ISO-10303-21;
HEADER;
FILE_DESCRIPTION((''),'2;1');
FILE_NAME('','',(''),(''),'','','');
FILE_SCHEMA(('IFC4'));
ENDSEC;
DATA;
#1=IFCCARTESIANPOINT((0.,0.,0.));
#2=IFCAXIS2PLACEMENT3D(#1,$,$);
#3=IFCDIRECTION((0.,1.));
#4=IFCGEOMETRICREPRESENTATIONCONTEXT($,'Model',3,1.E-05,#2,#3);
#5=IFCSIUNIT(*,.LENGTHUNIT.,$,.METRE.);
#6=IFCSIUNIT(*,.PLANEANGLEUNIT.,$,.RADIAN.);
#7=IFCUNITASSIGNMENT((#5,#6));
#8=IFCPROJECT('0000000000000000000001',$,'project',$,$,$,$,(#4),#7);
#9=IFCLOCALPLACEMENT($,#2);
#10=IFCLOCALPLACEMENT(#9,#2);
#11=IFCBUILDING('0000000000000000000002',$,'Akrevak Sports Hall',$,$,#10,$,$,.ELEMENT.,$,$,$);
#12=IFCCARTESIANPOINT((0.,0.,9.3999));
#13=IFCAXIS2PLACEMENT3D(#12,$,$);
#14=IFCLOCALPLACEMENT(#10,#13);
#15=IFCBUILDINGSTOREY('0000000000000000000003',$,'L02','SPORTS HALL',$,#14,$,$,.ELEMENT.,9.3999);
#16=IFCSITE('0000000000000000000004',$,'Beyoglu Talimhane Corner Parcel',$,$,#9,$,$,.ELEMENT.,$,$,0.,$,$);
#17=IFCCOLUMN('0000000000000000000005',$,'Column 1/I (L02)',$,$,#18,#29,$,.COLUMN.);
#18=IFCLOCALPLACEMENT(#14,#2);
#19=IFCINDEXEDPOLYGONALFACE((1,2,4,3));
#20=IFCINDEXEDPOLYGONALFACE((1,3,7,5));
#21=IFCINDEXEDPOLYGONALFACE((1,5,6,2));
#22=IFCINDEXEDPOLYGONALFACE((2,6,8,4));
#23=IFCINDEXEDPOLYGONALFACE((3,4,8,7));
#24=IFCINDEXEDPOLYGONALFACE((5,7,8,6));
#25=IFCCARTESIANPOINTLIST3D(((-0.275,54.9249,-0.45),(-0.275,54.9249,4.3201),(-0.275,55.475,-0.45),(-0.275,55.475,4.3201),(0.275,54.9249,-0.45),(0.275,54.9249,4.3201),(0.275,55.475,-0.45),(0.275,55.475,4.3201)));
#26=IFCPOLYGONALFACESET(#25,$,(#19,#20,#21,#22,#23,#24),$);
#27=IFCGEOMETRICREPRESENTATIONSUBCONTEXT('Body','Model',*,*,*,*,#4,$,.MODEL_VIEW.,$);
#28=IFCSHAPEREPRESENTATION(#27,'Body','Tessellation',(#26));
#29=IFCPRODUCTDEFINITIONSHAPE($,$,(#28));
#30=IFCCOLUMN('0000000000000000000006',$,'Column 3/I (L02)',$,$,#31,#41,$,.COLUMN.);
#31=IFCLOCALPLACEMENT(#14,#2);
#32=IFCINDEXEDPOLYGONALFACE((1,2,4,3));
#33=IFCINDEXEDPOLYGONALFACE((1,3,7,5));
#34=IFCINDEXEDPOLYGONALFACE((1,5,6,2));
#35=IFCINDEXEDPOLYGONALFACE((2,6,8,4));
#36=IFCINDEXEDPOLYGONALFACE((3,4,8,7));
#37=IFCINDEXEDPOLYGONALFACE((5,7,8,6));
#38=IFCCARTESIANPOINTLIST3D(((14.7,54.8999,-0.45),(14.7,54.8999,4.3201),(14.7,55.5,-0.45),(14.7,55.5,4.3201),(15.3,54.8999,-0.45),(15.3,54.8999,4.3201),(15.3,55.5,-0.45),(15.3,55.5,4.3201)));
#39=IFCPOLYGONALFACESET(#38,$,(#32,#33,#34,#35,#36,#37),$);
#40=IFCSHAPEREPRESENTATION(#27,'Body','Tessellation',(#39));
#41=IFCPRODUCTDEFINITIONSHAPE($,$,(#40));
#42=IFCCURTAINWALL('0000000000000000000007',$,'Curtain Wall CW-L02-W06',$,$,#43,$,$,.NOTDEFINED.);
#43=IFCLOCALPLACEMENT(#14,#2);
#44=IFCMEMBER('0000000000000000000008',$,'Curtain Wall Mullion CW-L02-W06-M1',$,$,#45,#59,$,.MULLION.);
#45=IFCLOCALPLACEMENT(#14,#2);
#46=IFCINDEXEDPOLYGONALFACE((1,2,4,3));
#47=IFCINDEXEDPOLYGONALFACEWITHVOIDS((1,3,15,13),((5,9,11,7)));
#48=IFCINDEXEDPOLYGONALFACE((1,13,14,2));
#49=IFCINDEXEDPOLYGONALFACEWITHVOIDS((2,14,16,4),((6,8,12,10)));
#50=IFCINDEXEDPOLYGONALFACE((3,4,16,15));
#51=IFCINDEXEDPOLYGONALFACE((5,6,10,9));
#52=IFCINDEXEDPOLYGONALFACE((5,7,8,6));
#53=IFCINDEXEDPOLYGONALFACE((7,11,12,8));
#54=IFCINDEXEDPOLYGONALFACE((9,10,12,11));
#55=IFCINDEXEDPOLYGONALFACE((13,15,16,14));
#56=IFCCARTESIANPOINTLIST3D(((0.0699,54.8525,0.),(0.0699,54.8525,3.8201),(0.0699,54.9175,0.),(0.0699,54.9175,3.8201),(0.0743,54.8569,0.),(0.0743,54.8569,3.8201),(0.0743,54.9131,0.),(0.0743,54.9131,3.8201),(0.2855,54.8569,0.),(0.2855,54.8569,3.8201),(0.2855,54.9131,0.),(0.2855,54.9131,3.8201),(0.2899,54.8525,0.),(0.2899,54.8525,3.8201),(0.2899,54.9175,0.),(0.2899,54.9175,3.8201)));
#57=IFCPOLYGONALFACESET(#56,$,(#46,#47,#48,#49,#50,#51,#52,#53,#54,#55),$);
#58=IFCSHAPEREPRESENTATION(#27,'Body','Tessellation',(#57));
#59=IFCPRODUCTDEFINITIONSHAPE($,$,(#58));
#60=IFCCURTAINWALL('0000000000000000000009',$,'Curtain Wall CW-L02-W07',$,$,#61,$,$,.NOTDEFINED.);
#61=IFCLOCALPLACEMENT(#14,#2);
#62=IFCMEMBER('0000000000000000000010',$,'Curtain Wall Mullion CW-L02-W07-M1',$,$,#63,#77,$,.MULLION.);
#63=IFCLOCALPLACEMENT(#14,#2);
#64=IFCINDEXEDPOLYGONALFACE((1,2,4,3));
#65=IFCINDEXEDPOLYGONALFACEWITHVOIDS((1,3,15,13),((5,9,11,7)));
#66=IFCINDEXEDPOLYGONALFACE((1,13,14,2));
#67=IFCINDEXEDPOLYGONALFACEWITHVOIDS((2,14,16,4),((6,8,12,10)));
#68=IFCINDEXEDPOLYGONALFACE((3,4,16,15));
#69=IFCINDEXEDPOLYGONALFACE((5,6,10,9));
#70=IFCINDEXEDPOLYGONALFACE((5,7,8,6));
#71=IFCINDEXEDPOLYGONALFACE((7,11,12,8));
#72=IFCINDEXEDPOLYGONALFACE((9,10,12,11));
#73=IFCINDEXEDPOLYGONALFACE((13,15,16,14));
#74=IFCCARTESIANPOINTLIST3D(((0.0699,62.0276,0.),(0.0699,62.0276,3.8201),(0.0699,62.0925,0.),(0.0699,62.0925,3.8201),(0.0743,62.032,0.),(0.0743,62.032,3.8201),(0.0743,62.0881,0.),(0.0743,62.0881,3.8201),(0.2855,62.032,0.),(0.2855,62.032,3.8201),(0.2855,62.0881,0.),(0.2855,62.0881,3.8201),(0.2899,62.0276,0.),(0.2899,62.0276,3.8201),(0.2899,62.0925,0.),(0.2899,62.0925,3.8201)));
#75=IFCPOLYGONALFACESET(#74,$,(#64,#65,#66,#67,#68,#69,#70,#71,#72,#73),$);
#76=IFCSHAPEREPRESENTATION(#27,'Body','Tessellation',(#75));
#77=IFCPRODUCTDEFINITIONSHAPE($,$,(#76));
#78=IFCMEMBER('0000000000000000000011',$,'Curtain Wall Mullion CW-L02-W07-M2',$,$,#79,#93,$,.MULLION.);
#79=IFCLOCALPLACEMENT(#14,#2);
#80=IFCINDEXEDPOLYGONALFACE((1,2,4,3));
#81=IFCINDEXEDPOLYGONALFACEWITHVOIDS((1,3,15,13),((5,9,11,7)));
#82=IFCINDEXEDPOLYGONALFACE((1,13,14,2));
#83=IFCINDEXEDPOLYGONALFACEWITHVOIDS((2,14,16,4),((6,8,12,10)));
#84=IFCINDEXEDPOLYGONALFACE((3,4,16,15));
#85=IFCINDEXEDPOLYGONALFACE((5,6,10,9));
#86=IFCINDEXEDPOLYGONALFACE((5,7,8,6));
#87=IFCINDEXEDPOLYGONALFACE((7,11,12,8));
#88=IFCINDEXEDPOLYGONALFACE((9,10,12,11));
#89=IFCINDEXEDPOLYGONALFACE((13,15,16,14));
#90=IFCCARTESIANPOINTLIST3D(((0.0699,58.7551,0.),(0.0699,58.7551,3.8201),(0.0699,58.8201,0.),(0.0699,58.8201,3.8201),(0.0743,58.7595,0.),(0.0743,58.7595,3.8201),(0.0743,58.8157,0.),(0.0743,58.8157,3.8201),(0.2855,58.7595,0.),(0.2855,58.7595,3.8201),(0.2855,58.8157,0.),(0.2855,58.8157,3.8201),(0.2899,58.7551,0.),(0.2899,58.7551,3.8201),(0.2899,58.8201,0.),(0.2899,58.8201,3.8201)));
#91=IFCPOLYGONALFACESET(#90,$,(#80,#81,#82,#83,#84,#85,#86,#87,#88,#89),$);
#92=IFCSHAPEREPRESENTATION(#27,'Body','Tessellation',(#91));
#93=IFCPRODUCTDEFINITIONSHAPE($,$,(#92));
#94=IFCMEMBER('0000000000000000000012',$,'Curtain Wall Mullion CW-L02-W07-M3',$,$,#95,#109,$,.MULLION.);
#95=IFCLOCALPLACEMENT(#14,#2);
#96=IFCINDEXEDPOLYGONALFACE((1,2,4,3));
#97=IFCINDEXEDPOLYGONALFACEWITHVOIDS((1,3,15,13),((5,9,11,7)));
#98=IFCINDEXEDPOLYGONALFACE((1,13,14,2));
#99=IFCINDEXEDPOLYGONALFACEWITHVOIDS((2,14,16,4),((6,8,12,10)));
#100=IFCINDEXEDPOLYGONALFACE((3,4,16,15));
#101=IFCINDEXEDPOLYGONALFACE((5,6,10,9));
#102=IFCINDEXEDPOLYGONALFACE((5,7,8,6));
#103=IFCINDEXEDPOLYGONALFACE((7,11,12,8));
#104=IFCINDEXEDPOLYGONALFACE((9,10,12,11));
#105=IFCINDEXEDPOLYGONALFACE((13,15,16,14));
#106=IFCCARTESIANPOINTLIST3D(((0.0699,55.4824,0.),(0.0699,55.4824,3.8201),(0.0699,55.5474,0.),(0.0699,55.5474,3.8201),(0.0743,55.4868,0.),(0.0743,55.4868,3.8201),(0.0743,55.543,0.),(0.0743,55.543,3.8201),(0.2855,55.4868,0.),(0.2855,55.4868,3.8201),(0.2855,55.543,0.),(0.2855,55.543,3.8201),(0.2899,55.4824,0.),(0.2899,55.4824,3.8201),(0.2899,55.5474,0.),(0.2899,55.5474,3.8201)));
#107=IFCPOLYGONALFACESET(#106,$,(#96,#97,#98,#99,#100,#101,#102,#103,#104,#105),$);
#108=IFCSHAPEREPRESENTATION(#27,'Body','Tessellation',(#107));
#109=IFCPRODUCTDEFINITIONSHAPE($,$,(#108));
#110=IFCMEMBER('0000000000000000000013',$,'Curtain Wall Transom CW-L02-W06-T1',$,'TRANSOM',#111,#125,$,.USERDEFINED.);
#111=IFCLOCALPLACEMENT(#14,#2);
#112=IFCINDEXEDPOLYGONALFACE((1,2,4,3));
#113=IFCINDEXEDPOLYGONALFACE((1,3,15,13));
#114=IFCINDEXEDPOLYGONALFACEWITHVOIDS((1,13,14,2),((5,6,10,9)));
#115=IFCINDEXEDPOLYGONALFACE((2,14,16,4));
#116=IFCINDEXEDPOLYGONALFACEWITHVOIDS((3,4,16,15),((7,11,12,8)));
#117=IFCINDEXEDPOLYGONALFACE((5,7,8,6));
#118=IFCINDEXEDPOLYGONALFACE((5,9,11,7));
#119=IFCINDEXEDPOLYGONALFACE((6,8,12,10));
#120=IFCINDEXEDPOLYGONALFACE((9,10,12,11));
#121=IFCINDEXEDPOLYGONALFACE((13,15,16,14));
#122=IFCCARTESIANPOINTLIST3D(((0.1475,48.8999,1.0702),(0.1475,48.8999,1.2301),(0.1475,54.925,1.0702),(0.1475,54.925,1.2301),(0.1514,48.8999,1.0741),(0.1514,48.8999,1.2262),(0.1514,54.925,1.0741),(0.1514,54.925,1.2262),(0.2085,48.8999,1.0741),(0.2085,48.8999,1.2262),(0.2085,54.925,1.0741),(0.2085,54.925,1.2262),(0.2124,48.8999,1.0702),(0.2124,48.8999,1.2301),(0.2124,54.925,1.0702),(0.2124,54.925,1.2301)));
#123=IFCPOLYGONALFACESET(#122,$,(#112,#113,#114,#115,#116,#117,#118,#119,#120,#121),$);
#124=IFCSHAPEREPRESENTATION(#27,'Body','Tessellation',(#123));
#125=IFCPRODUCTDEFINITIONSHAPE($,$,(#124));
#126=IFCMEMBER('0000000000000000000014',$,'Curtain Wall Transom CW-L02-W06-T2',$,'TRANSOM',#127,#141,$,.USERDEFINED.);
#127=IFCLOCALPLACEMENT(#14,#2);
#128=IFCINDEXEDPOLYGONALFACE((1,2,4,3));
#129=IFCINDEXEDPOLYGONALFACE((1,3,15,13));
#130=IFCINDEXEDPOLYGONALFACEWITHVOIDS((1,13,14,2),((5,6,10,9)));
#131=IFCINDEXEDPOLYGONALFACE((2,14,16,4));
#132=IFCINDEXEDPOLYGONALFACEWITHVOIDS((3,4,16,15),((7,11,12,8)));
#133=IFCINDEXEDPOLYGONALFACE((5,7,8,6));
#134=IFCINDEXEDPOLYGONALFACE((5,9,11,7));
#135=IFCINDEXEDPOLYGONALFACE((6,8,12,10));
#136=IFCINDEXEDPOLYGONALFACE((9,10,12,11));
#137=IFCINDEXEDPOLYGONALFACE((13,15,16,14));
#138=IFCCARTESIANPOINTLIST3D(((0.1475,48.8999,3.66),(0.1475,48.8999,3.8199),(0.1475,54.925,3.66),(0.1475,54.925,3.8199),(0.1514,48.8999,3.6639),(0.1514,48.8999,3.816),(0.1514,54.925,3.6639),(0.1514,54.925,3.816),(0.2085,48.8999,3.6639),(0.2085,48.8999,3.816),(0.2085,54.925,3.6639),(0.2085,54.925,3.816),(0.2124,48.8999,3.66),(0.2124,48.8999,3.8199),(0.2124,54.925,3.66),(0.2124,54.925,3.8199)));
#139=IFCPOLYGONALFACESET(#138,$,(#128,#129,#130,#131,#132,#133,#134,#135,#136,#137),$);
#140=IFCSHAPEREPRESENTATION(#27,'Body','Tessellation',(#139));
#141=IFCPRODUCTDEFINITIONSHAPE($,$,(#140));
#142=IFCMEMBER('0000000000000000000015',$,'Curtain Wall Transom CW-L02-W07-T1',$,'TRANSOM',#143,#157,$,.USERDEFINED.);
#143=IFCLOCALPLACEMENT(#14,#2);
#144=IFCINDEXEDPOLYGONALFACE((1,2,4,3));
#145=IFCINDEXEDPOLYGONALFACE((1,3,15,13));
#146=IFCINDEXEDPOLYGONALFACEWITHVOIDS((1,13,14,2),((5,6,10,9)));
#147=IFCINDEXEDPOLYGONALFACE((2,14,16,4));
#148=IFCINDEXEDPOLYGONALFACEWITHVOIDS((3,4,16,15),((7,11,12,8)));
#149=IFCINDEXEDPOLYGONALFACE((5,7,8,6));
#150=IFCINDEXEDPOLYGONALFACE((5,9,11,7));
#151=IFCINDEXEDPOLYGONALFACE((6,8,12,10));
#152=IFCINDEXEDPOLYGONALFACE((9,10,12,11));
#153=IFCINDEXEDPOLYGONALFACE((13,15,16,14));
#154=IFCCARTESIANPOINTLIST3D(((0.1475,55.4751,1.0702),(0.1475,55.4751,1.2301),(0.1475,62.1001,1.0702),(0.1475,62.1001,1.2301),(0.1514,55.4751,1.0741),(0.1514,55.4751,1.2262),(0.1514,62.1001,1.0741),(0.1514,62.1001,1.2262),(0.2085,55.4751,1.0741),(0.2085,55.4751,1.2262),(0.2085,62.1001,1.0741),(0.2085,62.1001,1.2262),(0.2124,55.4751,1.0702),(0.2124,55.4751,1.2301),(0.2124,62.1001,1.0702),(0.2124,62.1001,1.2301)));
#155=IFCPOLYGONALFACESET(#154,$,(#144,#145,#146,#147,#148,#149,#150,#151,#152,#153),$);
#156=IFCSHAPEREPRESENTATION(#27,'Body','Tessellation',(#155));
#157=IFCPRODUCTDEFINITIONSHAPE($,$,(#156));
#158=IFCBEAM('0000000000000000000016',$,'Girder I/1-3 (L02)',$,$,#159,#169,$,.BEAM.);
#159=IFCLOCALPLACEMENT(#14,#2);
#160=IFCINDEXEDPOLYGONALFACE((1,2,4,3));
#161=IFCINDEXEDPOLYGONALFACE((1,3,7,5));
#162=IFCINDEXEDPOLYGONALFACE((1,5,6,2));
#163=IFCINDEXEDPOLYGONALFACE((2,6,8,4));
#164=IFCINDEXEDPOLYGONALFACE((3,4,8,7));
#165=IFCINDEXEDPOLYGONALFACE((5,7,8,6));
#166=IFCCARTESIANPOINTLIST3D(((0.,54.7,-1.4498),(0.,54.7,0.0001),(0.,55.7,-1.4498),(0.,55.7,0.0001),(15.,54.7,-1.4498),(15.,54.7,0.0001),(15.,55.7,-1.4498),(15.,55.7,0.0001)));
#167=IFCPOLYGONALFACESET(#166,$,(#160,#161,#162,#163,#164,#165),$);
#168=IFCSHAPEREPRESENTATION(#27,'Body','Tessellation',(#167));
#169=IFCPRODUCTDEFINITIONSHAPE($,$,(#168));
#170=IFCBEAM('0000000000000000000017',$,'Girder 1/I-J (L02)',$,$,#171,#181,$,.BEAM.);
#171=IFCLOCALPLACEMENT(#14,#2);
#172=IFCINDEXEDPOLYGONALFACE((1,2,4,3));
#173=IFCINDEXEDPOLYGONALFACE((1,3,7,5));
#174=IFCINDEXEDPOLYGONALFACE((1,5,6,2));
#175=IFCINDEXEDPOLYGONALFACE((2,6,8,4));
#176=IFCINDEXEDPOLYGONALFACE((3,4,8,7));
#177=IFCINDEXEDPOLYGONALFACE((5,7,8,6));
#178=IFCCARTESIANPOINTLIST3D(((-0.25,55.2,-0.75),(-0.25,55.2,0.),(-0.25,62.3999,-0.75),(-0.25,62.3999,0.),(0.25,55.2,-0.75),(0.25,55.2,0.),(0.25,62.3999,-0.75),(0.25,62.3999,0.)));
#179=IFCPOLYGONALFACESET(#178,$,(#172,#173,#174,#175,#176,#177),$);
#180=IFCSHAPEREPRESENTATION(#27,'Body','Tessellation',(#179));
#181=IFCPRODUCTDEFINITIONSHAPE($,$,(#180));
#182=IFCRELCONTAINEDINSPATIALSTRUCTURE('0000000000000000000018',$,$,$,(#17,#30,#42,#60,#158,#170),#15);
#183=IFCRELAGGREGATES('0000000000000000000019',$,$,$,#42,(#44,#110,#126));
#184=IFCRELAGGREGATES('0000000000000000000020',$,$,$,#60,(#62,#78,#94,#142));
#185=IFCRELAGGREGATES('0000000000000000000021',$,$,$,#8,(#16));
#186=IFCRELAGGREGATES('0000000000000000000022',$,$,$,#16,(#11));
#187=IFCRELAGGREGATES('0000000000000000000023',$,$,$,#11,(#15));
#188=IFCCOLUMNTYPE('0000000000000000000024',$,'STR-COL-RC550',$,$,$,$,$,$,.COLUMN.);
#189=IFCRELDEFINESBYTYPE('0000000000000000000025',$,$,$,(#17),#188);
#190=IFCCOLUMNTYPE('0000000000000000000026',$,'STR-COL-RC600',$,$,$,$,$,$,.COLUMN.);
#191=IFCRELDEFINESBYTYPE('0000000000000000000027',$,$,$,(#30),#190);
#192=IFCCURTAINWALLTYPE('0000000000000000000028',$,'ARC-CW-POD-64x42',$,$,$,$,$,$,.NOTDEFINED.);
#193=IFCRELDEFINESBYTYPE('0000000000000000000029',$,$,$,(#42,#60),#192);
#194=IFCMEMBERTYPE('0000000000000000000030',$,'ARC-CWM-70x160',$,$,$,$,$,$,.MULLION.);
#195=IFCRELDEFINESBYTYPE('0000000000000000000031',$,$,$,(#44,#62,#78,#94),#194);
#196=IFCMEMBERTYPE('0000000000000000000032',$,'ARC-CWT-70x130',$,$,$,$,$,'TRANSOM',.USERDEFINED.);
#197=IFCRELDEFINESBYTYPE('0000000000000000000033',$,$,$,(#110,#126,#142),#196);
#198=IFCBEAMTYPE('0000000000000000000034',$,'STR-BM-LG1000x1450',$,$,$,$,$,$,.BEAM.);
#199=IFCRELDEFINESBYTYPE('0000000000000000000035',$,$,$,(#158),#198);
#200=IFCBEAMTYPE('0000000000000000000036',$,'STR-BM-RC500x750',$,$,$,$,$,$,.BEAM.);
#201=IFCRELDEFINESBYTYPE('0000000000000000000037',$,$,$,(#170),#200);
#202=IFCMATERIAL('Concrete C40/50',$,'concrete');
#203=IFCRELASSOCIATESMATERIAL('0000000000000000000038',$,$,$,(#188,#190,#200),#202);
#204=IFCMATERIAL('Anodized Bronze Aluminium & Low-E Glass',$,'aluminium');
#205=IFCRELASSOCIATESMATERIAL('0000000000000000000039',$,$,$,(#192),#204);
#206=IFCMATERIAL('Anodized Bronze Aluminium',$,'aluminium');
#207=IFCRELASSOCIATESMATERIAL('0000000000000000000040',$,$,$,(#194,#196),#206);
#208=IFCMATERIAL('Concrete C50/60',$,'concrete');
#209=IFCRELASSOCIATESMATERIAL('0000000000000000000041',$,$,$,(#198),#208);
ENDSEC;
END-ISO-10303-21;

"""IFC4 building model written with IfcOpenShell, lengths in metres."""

from ifc_helpers import new_model, si_unit, direction, frame, origin, origin_2d, place, context, subcontext, project, spatial, rectangle, hollow_rectangle, extrude, material, material_profile, profile_set, type_object, element, aggregate, save


model = new_model("IFC4")

# Units and contexts
model_context = context("Model", 3, precision=1e-05, world=origin(), true_north=direction((0.0, 1.0)))
body_context = subcontext(model_context, "Body", "Model", "MODEL_VIEW")
ifc_project = project(units=[si_unit("LENGTHUNIT", "METRE"), si_unit("PLANEANGLEUNIT", "RADIAN")], contexts=[model_context])

# Site, building, storey
site_placement = place(None, origin())
site = spatial("IfcSite", under=ifc_project, at=site_placement, Name="Beyoglu Talimhane Corner Parcel", CompositionType="ELEMENT", RefElevation=0.0)
building_placement = place(site_placement, origin())
building = spatial("IfcBuilding", under=site, at=building_placement, Name="Akrevak Sports Hall", CompositionType="ELEMENT")
storey_placement = place(building_placement, frame((0.0, 0.0, 9.3999)))
storey = spatial("IfcBuildingStorey", under=building, at=storey_placement, Name="L02", Description="SPORTS HALL", CompositionType="ELEMENT", Elevation=9.3999)

# Columns
ifc_material_1 = material(Name="Concrete C40/50", Category="concrete")
ifc_material_profile_1 = material_profile(ifc_material_1, rectangle(XDim=0.55, YDim=0.55, at=origin_2d()), Name="RC 550x550", Category="concrete")
ifc_profile_set_1 = profile_set([ifc_material_profile_1], Name="Concrete C40/50")
column_type_1 = type_object("IfcColumnType", Name="STR-COL-RC550", PredefinedType="COLUMN", material=ifc_profile_set_1)
column_1_placement = place(storey_placement, frame((0.0, 55.2, -0.45), z_axis=(0.0, 0.0, 1.0), x_axis=(1.0, 0.0, 0.0)))
element("IfcColumn", 1, at=column_1_placement, inside=storey, type_object=column_type_1, Name="Column 1/I (L02)", PredefinedType="COLUMN", context=body_context, shape_type="SweptSolid", body=[
    extrude(rectangle(XDim=0.55, YDim=0.55, at=origin_2d()), origin(), (0.0, 0.0, 1.0), 4.77),
])
ifc_material_profile_2 = material_profile(ifc_material_1, rectangle(XDim=0.6001, YDim=0.6001, at=origin_2d()), Name="RC 600x600", Category="concrete")
ifc_profile_set_2 = profile_set([ifc_material_profile_2], Name="Concrete C40/50")
column_type_2 = type_object("IfcColumnType", Name="STR-COL-RC600", PredefinedType="COLUMN", material=ifc_profile_set_2)
column_2_placement = place(storey_placement, frame((15.0, 55.2, -0.45), z_axis=(0.0, 0.0, 1.0), x_axis=(1.0, 0.0, 0.0)))
element("IfcColumn", 2, at=column_2_placement, inside=storey, type_object=column_type_2, Name="Column 3/I (L02)", PredefinedType="COLUMN", context=body_context, shape_type="SweptSolid", body=[
    extrude(rectangle(XDim=0.6001, YDim=0.6001, at=origin_2d()), origin(), (0.0, 0.0, 1.0), 4.77),
])

# Curtain wall, member
ifc_material_2 = material(Name="Anodized Bronze Aluminium & Low-E Glass", Category="aluminium")
curtain_wall_type = type_object("IfcCurtainWallType", Name="ARC-CW-POD-64x42", PredefinedType="NOTDEFINED", material=ifc_material_2)
curtain_wall_1_placement = place(storey_placement, origin())
curtain_wall_1 = element("IfcCurtainWall", 3, at=curtain_wall_1_placement, inside=storey, type_object=curtain_wall_type, Name="Curtain Wall CW-L02-W06", PredefinedType="NOTDEFINED")
ifc_material_3 = material(Name="Anodized Bronze Aluminium", Category="aluminium")
ifc_material_profile_3 = material_profile(ifc_material_3, hollow_rectangle(XDim=0.0649, YDim=0.22, WallThickness=0.0044, at=origin_2d()), Name="CWM 65x220", Category="aluminium")
ifc_profile_set_3 = profile_set([ifc_material_profile_3], Name="Anodized Bronze Aluminium")
member_type_1 = type_object("IfcMemberType", Name="ARC-CWM-70x160", PredefinedType="MULLION", material=ifc_profile_set_3)
member_1_placement = place(storey_placement, frame((0.1799, 54.885, 0.0), z_axis=(0.0, 0.0, 1.0), x_axis=(0.0, -1.0, 0.0)))
member_1 = element("IfcMember", 4, at=member_1_placement, type_object=member_type_1, Name="Curtain Wall Mullion CW-L02-W06-M1", PredefinedType="MULLION", context=body_context, shape_type="SweptSolid", body=[
    extrude(hollow_rectangle(XDim=0.0649, YDim=0.22, WallThickness=0.0044, at=origin_2d()), origin(), (0.0, 0.0, 1.0), 3.8201),
])

# Curtain wall, members
curtain_wall_2_placement = place(storey_placement, origin())
curtain_wall_2 = element("IfcCurtainWall", 5, at=curtain_wall_2_placement, inside=storey, type_object=curtain_wall_type, Name="Curtain Wall CW-L02-W07", PredefinedType="NOTDEFINED")
member_2_placement = place(storey_placement, frame((0.1799, 62.0601, 0.0), z_axis=(0.0, 0.0, 1.0), x_axis=(0.0, -1.0, 0.0)))
member_2 = element("IfcMember", 6, at=member_2_placement, type_object=member_type_1, Name="Curtain Wall Mullion CW-L02-W07-M1", PredefinedType="MULLION", context=body_context, shape_type="SweptSolid", body=[
    extrude(hollow_rectangle(XDim=0.0649, YDim=0.22, WallThickness=0.0044, at=origin_2d()), origin(), (0.0, 0.0, 1.0), 3.8201),
])
member_3_placement = place(storey_placement, frame((0.1799, 58.7876, 0.0), z_axis=(0.0, 0.0, 1.0), x_axis=(0.0, -1.0, 0.0)))
member_3 = element("IfcMember", 7, at=member_3_placement, type_object=member_type_1, Name="Curtain Wall Mullion CW-L02-W07-M2", PredefinedType="MULLION", context=body_context, shape_type="SweptSolid", body=[
    extrude(hollow_rectangle(XDim=0.0649, YDim=0.22, WallThickness=0.0044, at=origin_2d()), origin(), (0.0, 0.0, 1.0), 3.8201),
])
member_4_placement = place(storey_placement, frame((0.1799, 55.5149, 0.0), z_axis=(0.0, 0.0, 1.0), x_axis=(0.0, -1.0, 0.0)))
member_4 = element("IfcMember", 8, at=member_4_placement, type_object=member_type_1, Name="Curtain Wall Mullion CW-L02-W07-M3", PredefinedType="MULLION", context=body_context, shape_type="SweptSolid", body=[
    extrude(hollow_rectangle(XDim=0.0649, YDim=0.22, WallThickness=0.0044, at=origin_2d()), origin(), (0.0, 0.0, 1.0), 3.8201),
])

# Members
ifc_material_profile_4 = material_profile(ifc_material_3, hollow_rectangle(XDim=0.0649, YDim=0.1599, WallThickness=0.0039, at=origin_2d()), Name="CWT 65x160", Category="aluminium")
ifc_profile_set_4 = profile_set([ifc_material_profile_4], Name="Anodized Bronze Aluminium")
member_type_2 = type_object("IfcMemberType", Name="ARC-CWT-70x130", ElementType="TRANSOM", PredefinedType="USERDEFINED", material=ifc_profile_set_4)
member_5_placement = place(storey_placement, frame((0.1799, 54.925, 1.1501), z_axis=(0.0, -1.0, 0.0), x_axis=(1.0, 0.0, 0.0)))
member_5 = element("IfcMember", 9, at=member_5_placement, type_object=member_type_2, Name="Curtain Wall Transom CW-L02-W06-T1", ObjectType="TRANSOM", PredefinedType="USERDEFINED", context=body_context, shape_type="SweptSolid", body=[
    extrude(hollow_rectangle(XDim=0.0649, YDim=0.1599, WallThickness=0.0039, at=origin_2d()), origin(), (0.0, 0.0, 1.0), 6.0251),
])
member_6_placement = place(storey_placement, frame((0.1799, 54.925, 3.74), z_axis=(0.0, -1.0, 0.0), x_axis=(1.0, 0.0, 0.0)))
member_6 = element("IfcMember", 10, at=member_6_placement, type_object=member_type_2, Name="Curtain Wall Transom CW-L02-W06-T2", ObjectType="TRANSOM", PredefinedType="USERDEFINED", context=body_context, shape_type="SweptSolid", body=[
    extrude(hollow_rectangle(XDim=0.0649, YDim=0.1599, WallThickness=0.0039, at=origin_2d()), origin(), (0.0, 0.0, 1.0), 6.0251),
])
member_7_placement = place(storey_placement, frame((0.1799, 62.1001, 1.1501), z_axis=(0.0, -1.0, 0.0), x_axis=(1.0, 0.0, 0.0)))
member_7 = element("IfcMember", 11, at=member_7_placement, type_object=member_type_2, Name="Curtain Wall Transom CW-L02-W07-T1", ObjectType="TRANSOM", PredefinedType="USERDEFINED", context=body_context, shape_type="SweptSolid", body=[
    extrude(hollow_rectangle(XDim=0.0649, YDim=0.1599, WallThickness=0.0039, at=origin_2d()), origin(), (0.0, 0.0, 1.0), 6.625),
])

# Beams
ifc_material_4 = material(Name="Concrete C50/60", Category="concrete")
ifc_material_profile_5 = material_profile(ifc_material_4, rectangle(XDim=1.0, YDim=1.45, at=origin_2d()), Name="BM 1000x1450", Category="concrete")
ifc_profile_set_5 = profile_set([ifc_material_profile_5], Name="Concrete C50/60")
beam_type_1 = type_object("IfcBeamType", Name="STR-BM-LG1000x1450", PredefinedType="BEAM", material=ifc_profile_set_5)
beam_1_placement = place(storey_placement, frame((0.0, 55.2, -0.7249), z_axis=(1.0, 0.0, 0.0), x_axis=(0.0, 1.0, 0.0)))
element("IfcBeam", 12, at=beam_1_placement, inside=storey, type_object=beam_type_1, Name="Girder I/1-3 (L02)", PredefinedType="BEAM", context=body_context, shape_type="SweptSolid", body=[
    extrude(rectangle(XDim=1.0, YDim=1.45, at=origin_2d()), origin(), (0.0, 0.0, 1.0), 15.0),
])
ifc_material_profile_6 = material_profile(ifc_material_1, rectangle(XDim=0.5, YDim=0.75, at=origin_2d()), Name="BM 500x750", Category="concrete")
ifc_profile_set_6 = profile_set([ifc_material_profile_6], Name="Concrete C40/50")
beam_type_2 = type_object("IfcBeamType", Name="STR-BM-RC500x750", PredefinedType="BEAM", material=ifc_profile_set_6)
for number, where, z_axis, x_axis, name in (
    (13, (0.0, 55.2, -0.375), (0.0, 1.0, 0.0), (-1.0, 0.0, 0.0), "Girder 1/I-J (L02)"),
):
    element("IfcBeam", number, at=place(storey_placement, frame(where, z_axis=z_axis, x_axis=x_axis)), inside=storey, type_object=beam_type_2, Name=name, PredefinedType="BEAM", context=body_context, shape_type="SweptSolid", body=[
        extrude(rectangle(XDim=0.5, YDim=0.75, at=origin_2d()), origin(), (0.0, 0.0, 1.0), 7.2),
    ])

aggregate(curtain_wall_1, [member_1, member_5, member_6])
aggregate(curtain_wall_2, [member_2, member_3, member_4, member_7])

save(model, "model.ifc")
